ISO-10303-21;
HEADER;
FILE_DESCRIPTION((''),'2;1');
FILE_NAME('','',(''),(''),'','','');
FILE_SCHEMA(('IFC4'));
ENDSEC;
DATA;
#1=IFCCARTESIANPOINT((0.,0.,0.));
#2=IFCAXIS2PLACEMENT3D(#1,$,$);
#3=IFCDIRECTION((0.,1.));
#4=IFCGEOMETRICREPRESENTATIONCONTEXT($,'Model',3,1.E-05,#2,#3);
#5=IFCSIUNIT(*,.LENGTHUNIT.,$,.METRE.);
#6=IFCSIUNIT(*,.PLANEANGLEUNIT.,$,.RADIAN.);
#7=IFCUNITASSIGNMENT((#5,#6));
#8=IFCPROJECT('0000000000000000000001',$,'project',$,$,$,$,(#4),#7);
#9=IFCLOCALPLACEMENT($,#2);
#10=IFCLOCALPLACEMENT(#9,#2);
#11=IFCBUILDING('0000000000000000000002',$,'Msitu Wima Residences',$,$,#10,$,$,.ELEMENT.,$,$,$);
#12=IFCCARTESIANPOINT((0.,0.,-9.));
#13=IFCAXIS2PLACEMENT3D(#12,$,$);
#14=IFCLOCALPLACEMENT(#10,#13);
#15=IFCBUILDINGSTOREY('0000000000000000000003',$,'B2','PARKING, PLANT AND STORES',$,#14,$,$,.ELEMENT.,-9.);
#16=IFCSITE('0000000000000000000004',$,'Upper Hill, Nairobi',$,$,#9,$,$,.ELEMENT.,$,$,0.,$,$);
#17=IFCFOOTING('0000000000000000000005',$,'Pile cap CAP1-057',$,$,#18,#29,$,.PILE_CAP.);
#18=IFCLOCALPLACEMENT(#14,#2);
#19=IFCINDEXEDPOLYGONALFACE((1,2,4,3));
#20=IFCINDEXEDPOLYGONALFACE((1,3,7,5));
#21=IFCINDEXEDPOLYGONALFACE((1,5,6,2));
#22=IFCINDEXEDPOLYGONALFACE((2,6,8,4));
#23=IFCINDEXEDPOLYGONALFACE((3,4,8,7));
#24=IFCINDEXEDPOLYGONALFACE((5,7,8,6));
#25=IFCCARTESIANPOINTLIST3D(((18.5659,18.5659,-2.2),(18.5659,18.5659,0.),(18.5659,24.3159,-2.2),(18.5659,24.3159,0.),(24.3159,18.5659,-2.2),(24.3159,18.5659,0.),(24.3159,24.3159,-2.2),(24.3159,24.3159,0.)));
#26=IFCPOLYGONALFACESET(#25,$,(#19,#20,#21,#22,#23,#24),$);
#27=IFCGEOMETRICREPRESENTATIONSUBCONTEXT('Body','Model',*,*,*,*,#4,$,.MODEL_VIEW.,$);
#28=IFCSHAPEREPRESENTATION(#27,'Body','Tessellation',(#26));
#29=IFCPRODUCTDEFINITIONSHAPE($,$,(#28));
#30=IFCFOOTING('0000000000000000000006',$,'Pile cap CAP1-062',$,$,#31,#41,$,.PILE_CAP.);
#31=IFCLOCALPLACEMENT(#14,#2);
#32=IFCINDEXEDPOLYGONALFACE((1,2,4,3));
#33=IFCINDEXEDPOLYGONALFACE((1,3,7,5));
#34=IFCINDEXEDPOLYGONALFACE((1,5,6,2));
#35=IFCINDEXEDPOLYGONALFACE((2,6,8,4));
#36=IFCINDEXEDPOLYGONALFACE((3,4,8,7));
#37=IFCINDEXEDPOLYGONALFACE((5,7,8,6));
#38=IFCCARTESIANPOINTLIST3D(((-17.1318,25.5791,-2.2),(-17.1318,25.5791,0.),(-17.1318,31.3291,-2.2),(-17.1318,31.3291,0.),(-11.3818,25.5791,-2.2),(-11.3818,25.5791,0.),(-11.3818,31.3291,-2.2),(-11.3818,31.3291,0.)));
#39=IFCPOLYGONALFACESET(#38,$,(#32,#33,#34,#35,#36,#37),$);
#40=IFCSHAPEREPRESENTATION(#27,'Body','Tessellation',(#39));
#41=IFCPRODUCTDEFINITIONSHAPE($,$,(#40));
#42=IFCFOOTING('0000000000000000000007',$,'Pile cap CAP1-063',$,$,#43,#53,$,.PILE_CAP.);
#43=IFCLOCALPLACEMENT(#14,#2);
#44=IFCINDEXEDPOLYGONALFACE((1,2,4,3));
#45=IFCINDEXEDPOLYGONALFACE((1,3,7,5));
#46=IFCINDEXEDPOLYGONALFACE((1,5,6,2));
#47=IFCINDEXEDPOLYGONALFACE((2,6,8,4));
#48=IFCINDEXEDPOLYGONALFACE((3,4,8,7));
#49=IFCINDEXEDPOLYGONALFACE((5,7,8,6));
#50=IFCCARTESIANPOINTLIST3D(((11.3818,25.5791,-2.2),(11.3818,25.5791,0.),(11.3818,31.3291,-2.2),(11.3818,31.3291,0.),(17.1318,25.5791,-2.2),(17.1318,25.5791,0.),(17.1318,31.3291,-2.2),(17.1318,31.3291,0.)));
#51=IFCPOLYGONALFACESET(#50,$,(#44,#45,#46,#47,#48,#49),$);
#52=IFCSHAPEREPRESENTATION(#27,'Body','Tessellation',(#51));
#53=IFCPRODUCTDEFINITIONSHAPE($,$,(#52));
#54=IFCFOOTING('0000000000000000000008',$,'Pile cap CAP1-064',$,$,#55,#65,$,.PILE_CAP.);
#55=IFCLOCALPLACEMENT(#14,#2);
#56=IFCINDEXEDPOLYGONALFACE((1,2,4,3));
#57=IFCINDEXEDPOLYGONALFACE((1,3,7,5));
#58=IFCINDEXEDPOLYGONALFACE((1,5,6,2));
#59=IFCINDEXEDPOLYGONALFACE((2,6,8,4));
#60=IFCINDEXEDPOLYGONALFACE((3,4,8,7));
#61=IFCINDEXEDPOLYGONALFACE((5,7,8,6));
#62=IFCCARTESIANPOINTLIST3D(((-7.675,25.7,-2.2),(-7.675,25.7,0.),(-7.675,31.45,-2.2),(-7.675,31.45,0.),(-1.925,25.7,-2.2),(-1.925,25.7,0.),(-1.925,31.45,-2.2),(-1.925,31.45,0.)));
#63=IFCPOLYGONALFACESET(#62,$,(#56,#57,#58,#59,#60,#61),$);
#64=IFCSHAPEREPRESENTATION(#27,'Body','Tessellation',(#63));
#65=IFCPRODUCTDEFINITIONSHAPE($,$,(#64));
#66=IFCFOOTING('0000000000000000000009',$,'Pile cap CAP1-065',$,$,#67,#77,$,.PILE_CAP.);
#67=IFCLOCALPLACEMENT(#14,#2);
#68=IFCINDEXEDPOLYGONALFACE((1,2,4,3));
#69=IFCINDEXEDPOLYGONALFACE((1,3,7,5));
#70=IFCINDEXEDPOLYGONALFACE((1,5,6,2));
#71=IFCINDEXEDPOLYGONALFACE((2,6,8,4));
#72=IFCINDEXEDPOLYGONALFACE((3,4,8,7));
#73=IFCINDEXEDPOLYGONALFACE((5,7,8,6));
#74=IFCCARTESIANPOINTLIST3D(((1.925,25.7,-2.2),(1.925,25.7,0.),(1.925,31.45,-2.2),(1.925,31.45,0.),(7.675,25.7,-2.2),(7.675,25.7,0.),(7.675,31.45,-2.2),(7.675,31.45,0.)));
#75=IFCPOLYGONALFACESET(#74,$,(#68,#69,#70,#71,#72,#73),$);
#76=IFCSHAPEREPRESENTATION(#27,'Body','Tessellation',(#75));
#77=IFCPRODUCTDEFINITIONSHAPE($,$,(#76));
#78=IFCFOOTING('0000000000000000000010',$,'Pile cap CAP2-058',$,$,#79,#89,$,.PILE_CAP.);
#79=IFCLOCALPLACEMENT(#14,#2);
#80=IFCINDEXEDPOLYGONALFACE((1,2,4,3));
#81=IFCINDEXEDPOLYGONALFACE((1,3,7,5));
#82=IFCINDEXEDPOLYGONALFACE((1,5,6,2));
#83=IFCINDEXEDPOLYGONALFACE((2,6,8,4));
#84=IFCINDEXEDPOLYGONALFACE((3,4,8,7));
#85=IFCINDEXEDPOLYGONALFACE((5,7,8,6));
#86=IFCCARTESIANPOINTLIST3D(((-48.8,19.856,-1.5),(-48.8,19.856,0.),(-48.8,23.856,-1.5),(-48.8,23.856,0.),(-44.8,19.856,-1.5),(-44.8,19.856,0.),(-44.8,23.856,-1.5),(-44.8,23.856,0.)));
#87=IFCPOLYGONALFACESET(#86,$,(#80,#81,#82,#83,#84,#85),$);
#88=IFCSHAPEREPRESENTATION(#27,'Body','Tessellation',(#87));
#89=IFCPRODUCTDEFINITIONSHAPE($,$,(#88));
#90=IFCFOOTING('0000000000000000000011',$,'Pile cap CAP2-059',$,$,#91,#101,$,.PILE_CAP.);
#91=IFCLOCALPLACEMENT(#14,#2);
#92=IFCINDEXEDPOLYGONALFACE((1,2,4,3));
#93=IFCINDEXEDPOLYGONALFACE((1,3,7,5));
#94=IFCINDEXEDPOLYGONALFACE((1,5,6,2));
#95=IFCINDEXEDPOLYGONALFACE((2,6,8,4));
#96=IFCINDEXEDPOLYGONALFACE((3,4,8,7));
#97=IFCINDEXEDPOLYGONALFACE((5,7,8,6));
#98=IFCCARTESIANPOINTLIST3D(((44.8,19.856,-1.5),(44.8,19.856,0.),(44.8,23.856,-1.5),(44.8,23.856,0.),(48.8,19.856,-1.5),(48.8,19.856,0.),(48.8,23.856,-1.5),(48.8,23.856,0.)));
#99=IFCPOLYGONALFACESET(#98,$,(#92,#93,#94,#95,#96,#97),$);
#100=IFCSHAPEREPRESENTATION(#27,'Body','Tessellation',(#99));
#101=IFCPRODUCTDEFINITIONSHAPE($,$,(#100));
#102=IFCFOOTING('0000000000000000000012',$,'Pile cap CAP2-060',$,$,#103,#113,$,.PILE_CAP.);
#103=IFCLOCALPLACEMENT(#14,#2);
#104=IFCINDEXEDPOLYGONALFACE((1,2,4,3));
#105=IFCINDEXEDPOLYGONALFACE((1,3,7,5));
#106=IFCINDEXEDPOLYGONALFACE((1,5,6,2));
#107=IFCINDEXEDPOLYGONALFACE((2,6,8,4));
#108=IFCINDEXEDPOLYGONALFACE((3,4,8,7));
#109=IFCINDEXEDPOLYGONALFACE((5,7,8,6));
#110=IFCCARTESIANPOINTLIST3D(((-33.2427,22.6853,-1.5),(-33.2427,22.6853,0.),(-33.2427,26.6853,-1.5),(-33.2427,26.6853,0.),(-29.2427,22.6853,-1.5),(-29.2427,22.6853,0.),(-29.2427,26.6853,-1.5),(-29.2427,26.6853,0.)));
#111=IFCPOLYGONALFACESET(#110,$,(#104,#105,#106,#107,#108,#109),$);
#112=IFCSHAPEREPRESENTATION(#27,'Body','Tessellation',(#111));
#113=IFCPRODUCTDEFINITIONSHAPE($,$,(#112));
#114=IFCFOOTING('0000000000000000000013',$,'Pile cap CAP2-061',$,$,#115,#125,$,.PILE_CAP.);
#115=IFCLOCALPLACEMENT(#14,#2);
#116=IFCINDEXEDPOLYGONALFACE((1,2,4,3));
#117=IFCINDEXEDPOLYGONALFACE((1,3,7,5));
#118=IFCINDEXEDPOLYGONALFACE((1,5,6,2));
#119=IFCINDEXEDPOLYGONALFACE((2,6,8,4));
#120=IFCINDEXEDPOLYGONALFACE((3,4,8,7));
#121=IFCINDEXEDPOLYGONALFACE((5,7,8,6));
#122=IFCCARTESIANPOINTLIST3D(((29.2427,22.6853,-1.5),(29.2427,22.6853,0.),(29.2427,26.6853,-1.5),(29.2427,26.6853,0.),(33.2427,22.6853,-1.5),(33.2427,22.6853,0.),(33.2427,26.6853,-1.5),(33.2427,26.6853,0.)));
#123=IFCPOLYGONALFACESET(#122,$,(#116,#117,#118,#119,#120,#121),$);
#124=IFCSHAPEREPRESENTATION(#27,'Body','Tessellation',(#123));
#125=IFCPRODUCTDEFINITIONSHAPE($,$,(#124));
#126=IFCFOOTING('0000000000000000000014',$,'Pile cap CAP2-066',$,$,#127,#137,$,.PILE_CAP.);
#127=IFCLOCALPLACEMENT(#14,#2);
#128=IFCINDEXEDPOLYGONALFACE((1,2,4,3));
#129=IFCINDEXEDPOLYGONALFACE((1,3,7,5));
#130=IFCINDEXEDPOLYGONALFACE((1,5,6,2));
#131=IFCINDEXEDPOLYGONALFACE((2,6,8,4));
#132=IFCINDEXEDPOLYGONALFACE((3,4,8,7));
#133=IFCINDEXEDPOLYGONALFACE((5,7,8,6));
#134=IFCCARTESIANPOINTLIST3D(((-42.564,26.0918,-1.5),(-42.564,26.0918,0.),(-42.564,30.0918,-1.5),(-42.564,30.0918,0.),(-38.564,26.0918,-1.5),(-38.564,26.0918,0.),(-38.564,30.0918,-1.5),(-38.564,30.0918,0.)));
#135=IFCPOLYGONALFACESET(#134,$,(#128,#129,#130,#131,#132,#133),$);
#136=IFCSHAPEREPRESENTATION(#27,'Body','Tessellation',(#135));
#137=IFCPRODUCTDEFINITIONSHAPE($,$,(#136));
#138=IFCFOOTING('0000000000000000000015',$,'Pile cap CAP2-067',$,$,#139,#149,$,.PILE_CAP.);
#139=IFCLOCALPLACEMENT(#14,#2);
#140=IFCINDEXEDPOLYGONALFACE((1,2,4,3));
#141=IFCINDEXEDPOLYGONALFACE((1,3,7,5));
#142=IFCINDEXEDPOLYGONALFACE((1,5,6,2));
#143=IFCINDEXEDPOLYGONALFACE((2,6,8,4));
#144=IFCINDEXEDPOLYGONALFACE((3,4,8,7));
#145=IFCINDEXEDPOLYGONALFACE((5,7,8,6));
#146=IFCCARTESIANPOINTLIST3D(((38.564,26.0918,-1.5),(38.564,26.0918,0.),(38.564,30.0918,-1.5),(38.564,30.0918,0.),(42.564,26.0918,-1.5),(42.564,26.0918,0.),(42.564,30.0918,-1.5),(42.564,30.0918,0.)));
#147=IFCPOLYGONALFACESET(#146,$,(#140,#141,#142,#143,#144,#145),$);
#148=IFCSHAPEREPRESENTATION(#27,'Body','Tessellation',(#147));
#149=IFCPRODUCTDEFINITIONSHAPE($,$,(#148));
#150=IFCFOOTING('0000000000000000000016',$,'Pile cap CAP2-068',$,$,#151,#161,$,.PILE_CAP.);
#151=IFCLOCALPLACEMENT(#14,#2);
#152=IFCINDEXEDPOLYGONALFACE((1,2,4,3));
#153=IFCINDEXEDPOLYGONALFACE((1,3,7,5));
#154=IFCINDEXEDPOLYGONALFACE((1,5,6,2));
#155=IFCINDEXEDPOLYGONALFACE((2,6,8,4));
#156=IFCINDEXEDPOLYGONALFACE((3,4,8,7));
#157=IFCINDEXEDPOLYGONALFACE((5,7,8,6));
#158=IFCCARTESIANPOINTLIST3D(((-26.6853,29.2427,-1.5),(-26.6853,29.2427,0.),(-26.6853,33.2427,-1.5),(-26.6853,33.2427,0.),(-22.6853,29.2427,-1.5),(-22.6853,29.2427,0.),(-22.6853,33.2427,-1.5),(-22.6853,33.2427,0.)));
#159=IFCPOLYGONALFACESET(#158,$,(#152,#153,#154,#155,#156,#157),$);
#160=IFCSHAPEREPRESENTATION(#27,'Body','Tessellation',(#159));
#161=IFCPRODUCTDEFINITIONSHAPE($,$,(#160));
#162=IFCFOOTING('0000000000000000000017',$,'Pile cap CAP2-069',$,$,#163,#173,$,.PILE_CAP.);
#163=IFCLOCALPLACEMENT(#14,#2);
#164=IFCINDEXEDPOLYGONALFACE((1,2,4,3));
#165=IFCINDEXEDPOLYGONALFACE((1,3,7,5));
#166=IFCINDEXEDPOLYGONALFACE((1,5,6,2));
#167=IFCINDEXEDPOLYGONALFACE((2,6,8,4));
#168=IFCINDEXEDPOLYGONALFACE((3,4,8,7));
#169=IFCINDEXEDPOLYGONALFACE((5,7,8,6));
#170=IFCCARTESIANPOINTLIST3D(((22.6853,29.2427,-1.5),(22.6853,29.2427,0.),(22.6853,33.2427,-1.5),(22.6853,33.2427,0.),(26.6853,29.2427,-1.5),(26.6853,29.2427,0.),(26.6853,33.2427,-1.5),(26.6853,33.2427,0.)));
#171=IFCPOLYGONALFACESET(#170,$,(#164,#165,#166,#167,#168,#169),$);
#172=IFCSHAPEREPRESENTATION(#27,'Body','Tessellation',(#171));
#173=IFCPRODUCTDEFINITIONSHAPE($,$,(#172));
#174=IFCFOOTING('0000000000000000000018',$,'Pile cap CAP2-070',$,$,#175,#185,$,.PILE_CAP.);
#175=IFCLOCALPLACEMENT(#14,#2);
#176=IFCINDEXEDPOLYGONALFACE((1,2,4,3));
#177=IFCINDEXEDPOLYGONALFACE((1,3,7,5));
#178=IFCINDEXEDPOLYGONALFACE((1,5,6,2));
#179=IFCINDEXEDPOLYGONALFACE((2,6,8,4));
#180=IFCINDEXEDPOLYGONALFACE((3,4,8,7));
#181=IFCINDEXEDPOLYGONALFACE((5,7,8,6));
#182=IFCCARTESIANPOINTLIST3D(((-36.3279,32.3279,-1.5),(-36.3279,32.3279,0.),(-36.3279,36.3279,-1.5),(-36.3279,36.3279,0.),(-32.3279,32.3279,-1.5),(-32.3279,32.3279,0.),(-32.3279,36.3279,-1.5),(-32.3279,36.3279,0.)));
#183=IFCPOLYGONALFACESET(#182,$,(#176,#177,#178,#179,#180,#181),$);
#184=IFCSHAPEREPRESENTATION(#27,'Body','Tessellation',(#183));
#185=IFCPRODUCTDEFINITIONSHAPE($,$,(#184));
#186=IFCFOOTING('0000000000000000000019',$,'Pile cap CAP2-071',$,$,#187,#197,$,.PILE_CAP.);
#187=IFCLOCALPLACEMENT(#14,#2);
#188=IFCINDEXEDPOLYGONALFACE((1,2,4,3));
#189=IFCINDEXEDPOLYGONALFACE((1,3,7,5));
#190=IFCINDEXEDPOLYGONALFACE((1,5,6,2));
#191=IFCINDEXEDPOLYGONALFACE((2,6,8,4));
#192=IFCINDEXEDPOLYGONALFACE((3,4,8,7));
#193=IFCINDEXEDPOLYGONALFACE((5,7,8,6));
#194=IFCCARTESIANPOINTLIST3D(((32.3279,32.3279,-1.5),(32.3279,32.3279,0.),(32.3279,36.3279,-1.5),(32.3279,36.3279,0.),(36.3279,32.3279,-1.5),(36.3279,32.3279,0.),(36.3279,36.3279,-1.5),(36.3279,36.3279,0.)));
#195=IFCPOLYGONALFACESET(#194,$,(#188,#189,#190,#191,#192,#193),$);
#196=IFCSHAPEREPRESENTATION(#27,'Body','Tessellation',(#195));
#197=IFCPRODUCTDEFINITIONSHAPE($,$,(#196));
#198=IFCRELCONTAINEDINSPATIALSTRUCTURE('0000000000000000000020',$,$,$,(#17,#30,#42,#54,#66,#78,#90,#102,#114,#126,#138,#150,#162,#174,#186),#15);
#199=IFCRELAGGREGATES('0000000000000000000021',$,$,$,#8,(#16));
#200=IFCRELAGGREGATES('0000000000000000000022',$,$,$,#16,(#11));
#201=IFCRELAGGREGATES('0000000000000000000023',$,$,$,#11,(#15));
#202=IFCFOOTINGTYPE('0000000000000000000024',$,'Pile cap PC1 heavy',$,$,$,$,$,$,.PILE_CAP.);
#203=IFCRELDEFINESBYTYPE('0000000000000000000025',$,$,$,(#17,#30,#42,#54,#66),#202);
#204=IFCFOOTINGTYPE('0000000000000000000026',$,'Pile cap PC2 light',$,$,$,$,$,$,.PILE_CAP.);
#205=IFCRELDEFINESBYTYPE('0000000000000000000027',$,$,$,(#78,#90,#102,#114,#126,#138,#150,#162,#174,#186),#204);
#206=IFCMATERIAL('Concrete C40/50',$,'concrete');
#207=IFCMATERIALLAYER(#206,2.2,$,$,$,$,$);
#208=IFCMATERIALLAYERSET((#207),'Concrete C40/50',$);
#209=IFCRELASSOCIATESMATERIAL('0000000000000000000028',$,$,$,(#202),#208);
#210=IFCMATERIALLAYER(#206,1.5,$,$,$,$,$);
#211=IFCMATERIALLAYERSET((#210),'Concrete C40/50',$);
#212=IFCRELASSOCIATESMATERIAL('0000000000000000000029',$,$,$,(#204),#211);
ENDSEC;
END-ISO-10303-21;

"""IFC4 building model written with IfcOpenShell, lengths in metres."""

from ifc_helpers import new_model, si_unit, direction, frame, origin, place, context, subcontext, project, spatial, polyline, outline, extrude, material, layer, layer_set, type_object, element, save


model = new_model("IFC4")

# Units and contexts
model_context = context("Model", 3, precision=1e-05, world=origin(), true_north=direction((0.0, 1.0)))
body_context = subcontext(model_context, "Body", "Model", "MODEL_VIEW")
ifc_project = project(units=[si_unit("LENGTHUNIT", "METRE"), si_unit("PLANEANGLEUNIT", "RADIAN")], contexts=[model_context])

# Site, building, storey
site_placement = place(None, origin())
site = spatial("IfcSite", under=ifc_project, at=site_placement, Name="Upper Hill, Nairobi", CompositionType="ELEMENT", RefElevation=0.0)
building_placement = place(site_placement, origin())
building = spatial("IfcBuilding", under=site, at=building_placement, Name="Msitu Wima Residences", CompositionType="ELEMENT")
storey_placement = place(building_placement, frame((0.0, 0.0, -9.0)))
storey = spatial("IfcBuildingStorey", under=building, at=storey_placement, Name="B2", Description="PARKING, PLANT AND STORES", CompositionType="ELEMENT", Elevation=-9.0)

# Footings
ifc_material = material(Name="Concrete C40/50", Category="concrete")
ifc_layer_1 = layer(ifc_material, 2.2)
ifc_layer_set_1 = layer_set([ifc_layer_1], Name="Concrete C40/50")
footing_type_1 = type_object("IfcFootingType", Name="Pile cap PC1 heavy", PredefinedType="PILE_CAP", material=ifc_layer_set_1)
footing_1_placement = place(storey_placement, frame((0.0, 0.0, -2.2)))
element("IfcFooting", 1, at=footing_1_placement, inside=storey, type_object=footing_type_1, Name="Pile cap CAP1-057", PredefinedType="PILE_CAP", context=body_context, shape_type="SweptSolid", body=[
    extrude(outline(polyline([(24.3159, 18.5659), (24.3159, 24.3159), (18.5659, 24.3159), (18.5659, 18.5659), (24.3159, 18.5659)])), origin(), (0.0, 0.0, 1.0), 2.2),
])
footing_2_placement = place(storey_placement, frame((0.0, 0.0, -2.2)))
element("IfcFooting", 2, at=footing_2_placement, inside=storey, type_object=footing_type_1, Name="Pile cap CAP1-062", PredefinedType="PILE_CAP", context=body_context, shape_type="SweptSolid", body=[
    extrude(outline(polyline([(-11.3818, 25.5791), (-11.3818, 31.3291), (-17.1318, 31.3291), (-17.1318, 25.5791), (-11.3818, 25.5791)])), origin(), (0.0, 0.0, 1.0), 2.2),
])
footing_3_placement = place(storey_placement, frame((0.0, 0.0, -2.2)))
element("IfcFooting", 3, at=footing_3_placement, inside=storey, type_object=footing_type_1, Name="Pile cap CAP1-063", PredefinedType="PILE_CAP", context=body_context, shape_type="SweptSolid", body=[
    extrude(outline(polyline([(17.1318, 25.5791), (17.1318, 31.3291), (11.3818, 31.3291), (11.3818, 25.5791), (17.1318, 25.5791)])), origin(), (0.0, 0.0, 1.0), 2.2),
])
footing_4_placement = place(storey_placement, frame((0.0, 0.0, -2.2)))
element("IfcFooting", 4, at=footing_4_placement, inside=storey, type_object=footing_type_1, Name="Pile cap CAP1-064", PredefinedType="PILE_CAP", context=body_context, shape_type="SweptSolid", body=[
    extrude(outline(polyline([(-1.925, 25.7), (-1.925, 31.45), (-7.675, 31.45), (-7.675, 25.7), (-1.925, 25.7)])), origin(), (0.0, 0.0, 1.0), 2.2),
])
footing_5_placement = place(storey_placement, frame((0.0, 0.0, -2.2)))
element("IfcFooting", 5, at=footing_5_placement, inside=storey, type_object=footing_type_1, Name="Pile cap CAP1-065", PredefinedType="PILE_CAP", context=body_context, shape_type="SweptSolid", body=[
    extrude(outline(polyline([(7.675, 25.7), (7.675, 31.45), (1.925, 31.45), (1.925, 25.7), (7.675, 25.7)])), origin(), (0.0, 0.0, 1.0), 2.2),
])
ifc_layer_2 = layer(ifc_material, 1.5)
ifc_layer_set_2 = layer_set([ifc_layer_2], Name="Concrete C40/50")
footing_type_2 = type_object("IfcFootingType", Name="Pile cap PC2 light", PredefinedType="PILE_CAP", material=ifc_layer_set_2)
footing_6_placement = place(storey_placement, frame((0.0, 0.0, -1.5)))
element("IfcFooting", 6, at=footing_6_placement, inside=storey, type_object=footing_type_2, Name="Pile cap CAP2-058", PredefinedType="PILE_CAP", context=body_context, shape_type="SweptSolid", body=[
    extrude(outline(polyline([(-44.8, 19.856), (-44.8, 23.856), (-48.8, 23.856), (-48.8, 19.856), (-44.8, 19.856)])), origin(), (0.0, 0.0, 1.0), 1.5),
])
footing_7_placement = place(storey_placement, frame((0.0, 0.0, -1.5)))
element("IfcFooting", 7, at=footing_7_placement, inside=storey, type_object=footing_type_2, Name="Pile cap CAP2-059", PredefinedType="PILE_CAP", context=body_context, shape_type="SweptSolid", body=[
    extrude(outline(polyline([(48.8, 19.856), (48.8, 23.856), (44.8, 23.856), (44.8, 19.856), (48.8, 19.856)])), origin(), (0.0, 0.0, 1.0), 1.5),
])
footing_8_placement = place(storey_placement, frame((0.0, 0.0, -1.5)))
element("IfcFooting", 8, at=footing_8_placement, inside=storey, type_object=footing_type_2, Name="Pile cap CAP2-060", PredefinedType="PILE_CAP", context=body_context, shape_type="SweptSolid", body=[
    extrude(outline(polyline([(-29.2427, 22.6853), (-29.2427, 26.6853), (-33.2427, 26.6853), (-33.2427, 22.6853), (-29.2427, 22.6853)])), origin(), (0.0, 0.0, 1.0), 1.5),
])
footing_9_placement = place(storey_placement, frame((0.0, 0.0, -1.5)))
element("IfcFooting", 9, at=footing_9_placement, inside=storey, type_object=footing_type_2, Name="Pile cap CAP2-061", PredefinedType="PILE_CAP", context=body_context, shape_type="SweptSolid", body=[
    extrude(outline(polyline([(33.2427, 22.6853), (33.2427, 26.6853), (29.2427, 26.6853), (29.2427, 22.6853), (33.2427, 22.6853)])), origin(), (0.0, 0.0, 1.0), 1.5),
])
footing_10_placement = place(storey_placement, frame((0.0, 0.0, -1.5)))
element("IfcFooting", 10, at=footing_10_placement, inside=storey, type_object=footing_type_2, Name="Pile cap CAP2-066", PredefinedType="PILE_CAP", context=body_context, shape_type="SweptSolid", body=[
    extrude(outline(polyline([(-38.564, 26.0918), (-38.564, 30.0918), (-42.564, 30.0918), (-42.564, 26.0918), (-38.564, 26.0918)])), origin(), (0.0, 0.0, 1.0), 1.5),
])
footing_11_placement = place(storey_placement, frame((0.0, 0.0, -1.5)))
element("IfcFooting", 11, at=footing_11_placement, inside=storey, type_object=footing_type_2, Name="Pile cap CAP2-067", PredefinedType="PILE_CAP", context=body_context, shape_type="SweptSolid", body=[
    extrude(outline(polyline([(42.564, 26.0918), (42.564, 30.0918), (38.564, 30.0918), (38.564, 26.0918), (42.564, 26.0918)])), origin(), (0.0, 0.0, 1.0), 1.5),
])
footing_12_placement = place(storey_placement, frame((0.0, 0.0, -1.5)))
element("IfcFooting", 12, at=footing_12_placement, inside=storey, type_object=footing_type_2, Name="Pile cap CAP2-068", PredefinedType="PILE_CAP", context=body_context, shape_type="SweptSolid", body=[
    extrude(outline(polyline([(-22.6853, 29.2427), (-22.6853, 33.2427), (-26.6853, 33.2427), (-26.6853, 29.2427), (-22.6853, 29.2427)])), origin(), (0.0, 0.0, 1.0), 1.5),
])
footing_13_placement = place(storey_placement, frame((0.0, 0.0, -1.5)))
element("IfcFooting", 13, at=footing_13_placement, inside=storey, type_object=footing_type_2, Name="Pile cap CAP2-069", PredefinedType="PILE_CAP", context=body_context, shape_type="SweptSolid", body=[
    extrude(outline(polyline([(26.6853, 29.2427), (26.6853, 33.2427), (22.6853, 33.2427), (22.6853, 29.2427), (26.6853, 29.2427)])), origin(), (0.0, 0.0, 1.0), 1.5),
])
footing_14_placement = place(storey_placement, frame((0.0, 0.0, -1.5)))
element("IfcFooting", 14, at=footing_14_placement, inside=storey, type_object=footing_type_2, Name="Pile cap CAP2-070", PredefinedType="PILE_CAP", context=body_context, shape_type="SweptSolid", body=[
    extrude(outline(polyline([(-32.3279, 32.3279), (-32.3279, 36.3279), (-36.3279, 36.3279), (-36.3279, 32.3279), (-32.3279, 32.3279)])), origin(), (0.0, 0.0, 1.0), 1.5),
])
footing_15_placement = place(storey_placement, frame((0.0, 0.0, -1.5)))
element("IfcFooting", 15, at=footing_15_placement, inside=storey, type_object=footing_type_2, Name="Pile cap CAP2-071", PredefinedType="PILE_CAP", context=body_context, shape_type="SweptSolid", body=[
    extrude(outline(polyline([(36.3279, 32.3279), (36.3279, 36.3279), (32.3279, 36.3279), (32.3279, 32.3279), (36.3279, 32.3279)])), origin(), (0.0, 0.0, 1.0), 1.5),
])

save(model, "model.ifc")
